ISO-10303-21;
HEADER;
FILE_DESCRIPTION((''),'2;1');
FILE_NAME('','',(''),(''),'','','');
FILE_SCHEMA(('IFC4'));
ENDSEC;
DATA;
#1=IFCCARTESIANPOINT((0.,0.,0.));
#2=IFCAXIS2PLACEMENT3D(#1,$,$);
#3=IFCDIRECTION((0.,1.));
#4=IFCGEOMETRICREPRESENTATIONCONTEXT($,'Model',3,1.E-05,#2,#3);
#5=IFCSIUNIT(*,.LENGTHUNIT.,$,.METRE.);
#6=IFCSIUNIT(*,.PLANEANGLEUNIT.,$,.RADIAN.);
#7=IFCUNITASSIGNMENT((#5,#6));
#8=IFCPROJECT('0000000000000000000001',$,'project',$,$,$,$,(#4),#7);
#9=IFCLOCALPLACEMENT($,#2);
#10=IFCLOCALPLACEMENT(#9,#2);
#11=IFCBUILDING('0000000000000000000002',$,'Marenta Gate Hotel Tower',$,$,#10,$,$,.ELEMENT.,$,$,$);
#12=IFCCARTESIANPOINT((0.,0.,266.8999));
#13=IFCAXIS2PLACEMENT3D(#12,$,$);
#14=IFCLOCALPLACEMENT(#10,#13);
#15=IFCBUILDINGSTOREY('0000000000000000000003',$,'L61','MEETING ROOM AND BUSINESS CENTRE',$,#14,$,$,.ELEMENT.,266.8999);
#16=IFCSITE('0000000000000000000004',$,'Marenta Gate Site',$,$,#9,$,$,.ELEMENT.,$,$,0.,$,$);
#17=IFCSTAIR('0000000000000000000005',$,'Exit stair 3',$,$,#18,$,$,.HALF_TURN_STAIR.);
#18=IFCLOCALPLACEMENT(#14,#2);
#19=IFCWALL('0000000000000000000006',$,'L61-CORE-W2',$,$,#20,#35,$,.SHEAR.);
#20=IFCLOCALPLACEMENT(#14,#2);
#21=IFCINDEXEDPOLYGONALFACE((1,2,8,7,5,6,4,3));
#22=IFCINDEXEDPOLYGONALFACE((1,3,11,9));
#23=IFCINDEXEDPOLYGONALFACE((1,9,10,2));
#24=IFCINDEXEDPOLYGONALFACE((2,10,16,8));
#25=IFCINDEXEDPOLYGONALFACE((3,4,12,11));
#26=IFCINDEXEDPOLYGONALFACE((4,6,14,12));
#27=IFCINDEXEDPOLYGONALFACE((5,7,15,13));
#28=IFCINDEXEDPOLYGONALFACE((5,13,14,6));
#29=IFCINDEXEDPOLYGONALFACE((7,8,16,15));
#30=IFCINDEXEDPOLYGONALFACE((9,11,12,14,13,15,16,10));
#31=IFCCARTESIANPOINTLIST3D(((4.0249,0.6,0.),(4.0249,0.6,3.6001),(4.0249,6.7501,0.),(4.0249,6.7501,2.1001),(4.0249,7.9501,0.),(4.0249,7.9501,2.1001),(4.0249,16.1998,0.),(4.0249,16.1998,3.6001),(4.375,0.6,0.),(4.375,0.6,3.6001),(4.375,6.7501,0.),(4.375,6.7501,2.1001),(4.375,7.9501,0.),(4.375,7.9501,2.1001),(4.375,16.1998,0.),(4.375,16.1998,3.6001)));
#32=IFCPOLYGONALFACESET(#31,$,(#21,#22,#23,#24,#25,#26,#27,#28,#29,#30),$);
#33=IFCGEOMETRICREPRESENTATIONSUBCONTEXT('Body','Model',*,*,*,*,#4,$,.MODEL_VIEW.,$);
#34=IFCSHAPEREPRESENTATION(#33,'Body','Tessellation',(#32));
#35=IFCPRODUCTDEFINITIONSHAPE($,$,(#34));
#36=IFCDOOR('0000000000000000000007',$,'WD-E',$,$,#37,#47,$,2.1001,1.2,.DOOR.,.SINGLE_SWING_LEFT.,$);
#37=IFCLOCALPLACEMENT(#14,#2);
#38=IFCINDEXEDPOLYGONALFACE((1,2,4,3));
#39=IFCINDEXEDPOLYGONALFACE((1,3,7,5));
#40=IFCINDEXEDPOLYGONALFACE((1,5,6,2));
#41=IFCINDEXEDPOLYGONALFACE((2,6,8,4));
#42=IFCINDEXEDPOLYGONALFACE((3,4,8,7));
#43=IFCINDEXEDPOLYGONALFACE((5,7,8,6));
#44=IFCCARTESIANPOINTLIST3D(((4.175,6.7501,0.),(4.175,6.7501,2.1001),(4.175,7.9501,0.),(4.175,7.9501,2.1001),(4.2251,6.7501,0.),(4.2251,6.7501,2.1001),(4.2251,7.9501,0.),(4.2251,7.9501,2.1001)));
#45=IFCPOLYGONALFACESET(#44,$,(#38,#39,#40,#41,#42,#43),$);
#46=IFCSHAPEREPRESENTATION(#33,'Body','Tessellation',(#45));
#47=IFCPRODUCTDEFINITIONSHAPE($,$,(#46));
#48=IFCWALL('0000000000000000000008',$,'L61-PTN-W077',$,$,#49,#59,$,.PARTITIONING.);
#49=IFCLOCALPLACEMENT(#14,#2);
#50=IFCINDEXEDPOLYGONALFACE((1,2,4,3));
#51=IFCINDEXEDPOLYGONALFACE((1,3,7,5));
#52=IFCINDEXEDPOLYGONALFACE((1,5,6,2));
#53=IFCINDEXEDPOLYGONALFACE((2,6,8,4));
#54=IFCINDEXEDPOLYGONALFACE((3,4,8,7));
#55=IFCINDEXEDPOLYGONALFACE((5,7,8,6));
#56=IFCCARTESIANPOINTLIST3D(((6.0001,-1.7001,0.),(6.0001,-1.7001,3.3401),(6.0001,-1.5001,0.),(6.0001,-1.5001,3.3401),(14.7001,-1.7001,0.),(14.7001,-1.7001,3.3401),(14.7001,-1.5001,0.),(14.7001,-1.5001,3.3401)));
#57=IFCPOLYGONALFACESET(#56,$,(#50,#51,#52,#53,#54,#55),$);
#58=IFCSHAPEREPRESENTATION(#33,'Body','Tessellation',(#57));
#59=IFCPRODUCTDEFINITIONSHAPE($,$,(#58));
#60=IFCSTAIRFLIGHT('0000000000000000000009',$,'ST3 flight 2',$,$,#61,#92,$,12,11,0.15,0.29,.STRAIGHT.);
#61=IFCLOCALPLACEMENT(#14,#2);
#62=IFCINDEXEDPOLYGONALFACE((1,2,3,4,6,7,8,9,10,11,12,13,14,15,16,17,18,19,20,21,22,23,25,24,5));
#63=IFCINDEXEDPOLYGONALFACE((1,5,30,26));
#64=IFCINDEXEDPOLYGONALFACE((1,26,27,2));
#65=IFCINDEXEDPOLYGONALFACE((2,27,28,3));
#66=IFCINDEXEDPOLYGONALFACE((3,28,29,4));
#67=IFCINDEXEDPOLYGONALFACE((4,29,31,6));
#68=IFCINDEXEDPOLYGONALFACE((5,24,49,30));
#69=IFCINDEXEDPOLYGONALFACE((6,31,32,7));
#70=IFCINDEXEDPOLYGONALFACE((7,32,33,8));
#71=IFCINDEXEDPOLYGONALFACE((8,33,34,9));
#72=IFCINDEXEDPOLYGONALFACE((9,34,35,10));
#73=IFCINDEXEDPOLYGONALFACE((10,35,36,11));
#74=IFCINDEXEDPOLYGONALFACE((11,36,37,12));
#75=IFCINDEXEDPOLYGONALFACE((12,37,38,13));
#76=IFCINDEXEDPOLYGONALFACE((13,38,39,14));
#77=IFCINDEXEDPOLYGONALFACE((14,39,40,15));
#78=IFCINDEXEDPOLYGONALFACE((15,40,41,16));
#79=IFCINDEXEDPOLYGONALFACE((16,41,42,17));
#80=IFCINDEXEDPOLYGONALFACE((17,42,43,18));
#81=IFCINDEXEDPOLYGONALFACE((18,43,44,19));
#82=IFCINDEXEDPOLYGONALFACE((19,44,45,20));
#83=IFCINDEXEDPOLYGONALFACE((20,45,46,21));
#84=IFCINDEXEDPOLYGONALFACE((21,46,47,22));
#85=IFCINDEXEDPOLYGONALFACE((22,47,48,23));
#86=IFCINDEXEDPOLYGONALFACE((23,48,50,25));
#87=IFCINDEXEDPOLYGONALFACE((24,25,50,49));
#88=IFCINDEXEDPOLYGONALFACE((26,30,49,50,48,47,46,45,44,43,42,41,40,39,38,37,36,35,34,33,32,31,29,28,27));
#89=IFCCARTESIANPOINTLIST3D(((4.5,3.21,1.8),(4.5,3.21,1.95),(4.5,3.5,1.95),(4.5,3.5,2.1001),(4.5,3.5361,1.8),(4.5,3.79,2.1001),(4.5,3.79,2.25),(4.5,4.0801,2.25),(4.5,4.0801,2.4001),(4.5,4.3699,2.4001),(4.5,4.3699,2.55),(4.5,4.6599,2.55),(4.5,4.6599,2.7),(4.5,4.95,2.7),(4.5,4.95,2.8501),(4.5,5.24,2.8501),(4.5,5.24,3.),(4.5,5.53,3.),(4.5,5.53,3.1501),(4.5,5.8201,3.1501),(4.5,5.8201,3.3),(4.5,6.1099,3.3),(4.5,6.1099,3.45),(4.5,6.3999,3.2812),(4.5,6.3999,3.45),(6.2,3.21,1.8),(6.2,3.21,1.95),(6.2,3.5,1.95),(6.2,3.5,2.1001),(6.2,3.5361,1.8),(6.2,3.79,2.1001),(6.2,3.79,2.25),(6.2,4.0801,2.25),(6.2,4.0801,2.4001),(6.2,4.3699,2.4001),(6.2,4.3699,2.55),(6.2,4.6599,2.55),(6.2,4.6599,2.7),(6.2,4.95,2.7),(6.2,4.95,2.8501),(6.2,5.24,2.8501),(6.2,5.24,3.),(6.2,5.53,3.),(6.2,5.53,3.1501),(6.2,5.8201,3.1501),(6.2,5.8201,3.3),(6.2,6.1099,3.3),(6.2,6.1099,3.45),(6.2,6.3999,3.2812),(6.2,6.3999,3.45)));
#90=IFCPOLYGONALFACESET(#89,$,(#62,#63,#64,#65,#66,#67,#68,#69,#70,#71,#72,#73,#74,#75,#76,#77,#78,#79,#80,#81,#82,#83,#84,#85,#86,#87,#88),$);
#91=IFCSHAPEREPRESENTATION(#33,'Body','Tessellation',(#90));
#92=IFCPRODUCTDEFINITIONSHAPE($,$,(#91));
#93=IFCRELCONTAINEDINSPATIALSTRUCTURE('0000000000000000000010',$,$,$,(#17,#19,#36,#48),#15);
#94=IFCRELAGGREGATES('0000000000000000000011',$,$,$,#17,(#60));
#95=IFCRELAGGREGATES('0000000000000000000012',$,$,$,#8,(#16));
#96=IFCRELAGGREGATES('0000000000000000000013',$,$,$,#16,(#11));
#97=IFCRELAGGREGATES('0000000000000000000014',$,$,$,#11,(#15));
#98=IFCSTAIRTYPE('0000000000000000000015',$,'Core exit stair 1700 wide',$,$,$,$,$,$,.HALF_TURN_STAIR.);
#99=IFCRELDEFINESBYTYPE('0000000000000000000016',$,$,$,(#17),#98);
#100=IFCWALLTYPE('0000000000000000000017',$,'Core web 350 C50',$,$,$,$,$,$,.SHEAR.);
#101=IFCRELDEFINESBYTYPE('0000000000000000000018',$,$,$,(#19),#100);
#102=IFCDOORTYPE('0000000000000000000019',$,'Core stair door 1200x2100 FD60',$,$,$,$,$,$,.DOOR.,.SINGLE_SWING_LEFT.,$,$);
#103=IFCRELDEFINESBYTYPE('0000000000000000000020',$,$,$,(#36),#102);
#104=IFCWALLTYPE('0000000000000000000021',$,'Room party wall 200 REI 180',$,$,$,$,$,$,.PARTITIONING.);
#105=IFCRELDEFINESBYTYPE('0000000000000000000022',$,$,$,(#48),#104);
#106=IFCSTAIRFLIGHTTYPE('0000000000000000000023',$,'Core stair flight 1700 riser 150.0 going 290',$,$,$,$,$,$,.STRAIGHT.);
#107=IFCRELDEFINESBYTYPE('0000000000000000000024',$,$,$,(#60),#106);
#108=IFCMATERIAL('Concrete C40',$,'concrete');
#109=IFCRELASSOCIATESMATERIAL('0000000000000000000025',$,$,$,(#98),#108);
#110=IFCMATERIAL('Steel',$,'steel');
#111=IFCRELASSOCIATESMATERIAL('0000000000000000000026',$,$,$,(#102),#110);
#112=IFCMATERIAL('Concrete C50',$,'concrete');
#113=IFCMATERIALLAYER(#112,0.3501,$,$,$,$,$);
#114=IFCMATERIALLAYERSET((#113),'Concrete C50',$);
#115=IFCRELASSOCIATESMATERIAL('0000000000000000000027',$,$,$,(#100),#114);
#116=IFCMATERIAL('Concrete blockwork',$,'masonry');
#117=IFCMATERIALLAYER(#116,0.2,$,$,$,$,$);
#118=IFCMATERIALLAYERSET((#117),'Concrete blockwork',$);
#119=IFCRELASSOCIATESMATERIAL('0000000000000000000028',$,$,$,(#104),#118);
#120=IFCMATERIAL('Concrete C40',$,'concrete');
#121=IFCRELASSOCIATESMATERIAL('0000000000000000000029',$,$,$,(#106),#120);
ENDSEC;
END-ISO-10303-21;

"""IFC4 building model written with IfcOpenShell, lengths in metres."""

from ifc_helpers import new_model, si_unit, direction, frame, frame_2d, origin, place, context, subcontext, project, spatial, polyline, rectangle, outline, extrude, material, layer, layer_set, type_object, element, fill, aggregate, save


model = new_model("IFC4")

# Units and contexts
model_context = context("Model", 3, precision=1e-05, world=origin(), true_north=direction((0.0, 1.0)))
body_context = subcontext(model_context, "Body", "Model", "MODEL_VIEW")
ifc_project = project(units=[si_unit("LENGTHUNIT", "METRE"), si_unit("PLANEANGLEUNIT", "RADIAN")], contexts=[model_context])

# Site, building, storey
site_placement = place(None, origin())
site = spatial("IfcSite", under=ifc_project, at=site_placement, Name="Marenta Gate Site", CompositionType="ELEMENT", RefElevation=0.0)
building_placement = place(site_placement, origin())
building = spatial("IfcBuilding", under=site, at=building_placement, Name="Marenta Gate Hotel Tower", CompositionType="ELEMENT")
storey_placement = place(building_placement, frame((0.0, 0.0, 266.8999)))
storey = spatial("IfcBuildingStorey", under=building, at=storey_placement, Name="L61", Description="MEETING ROOM AND BUSINESS CENTRE", CompositionType="ELEMENT", Elevation=266.8999)

# Stair
ifc_material_1 = material(Name="Concrete C40", Category="concrete")
stair_type_1 = type_object("IfcStairType", Name="Core exit stair 1700 wide", PredefinedType="HALF_TURN_STAIR", material=ifc_material_1)
stair_1_placement = place(storey_placement, origin())
stair_1 = element("IfcStair", 1, at=stair_1_placement, inside=storey, type_object=stair_type_1, Name="Exit stair 3", PredefinedType="HALF_TURN_STAIR")

# Wall, opening, door
ifc_material_2 = material(Name="Steel", Category="steel")
door_type_1 = type_object("IfcDoorType", Name="Core stair door 1200x2100 FD60", OperationType="SINGLE_SWING_LEFT", PredefinedType="DOOR", material=ifc_material_2)
ifc_material_3 = material(Name="Concrete C50", Category="concrete")
ifc_layer_1 = layer(ifc_material_3, 0.3501)
ifc_layer_set_1 = layer_set([ifc_layer_1], Name="Concrete C50")
wall_type_1 = type_object("IfcWallType", Name="Core web 350 C50", PredefinedType="SHEAR", material=ifc_layer_set_1)
wall_1_placement = place(storey_placement, frame((4.2, 0.6001, 0.0), z_axis=(0.0, 0.0, 1.0), x_axis=(0.0, 1.0, 0.0)))
wall_1 = element("IfcWall", 2, at=wall_1_placement, inside=storey, type_object=wall_type_1, Name="L61-CORE-W2", PredefinedType="SHEAR", context=body_context, shape_type="SweptSolid", body=[
    extrude(rectangle(XDim=15.5999, YDim=0.3501, at=frame_2d((7.7998, 0.0))), origin(), (0.0, 0.0, 1.0), 3.6001),
])
opening_1_placement = place(wall_1_placement, frame((6.1499, 0.0, 0.0)))
opening_1 = element("IfcOpeningElement", 3, at=opening_1_placement, cuts=wall_1, PredefinedType="OPENING", context=body_context, shape_type="SweptSolid", body=[
    extrude(rectangle(XDim=1.2, YDim=2.1001, at=frame_2d((0.6001, 1.05))), frame((0.0, 0.175, 0.0), z_axis=(0.0, -1.0, 0.0), x_axis=(1.0, 0.0, 0.0)), (0.0, 0.0, 1.0), 0.3501),
])
door_1_placement = place(opening_1_placement, origin())
door_1 = element("IfcDoor", 4, at=door_1_placement, inside=storey, type_object=door_type_1, Name="WD-E", OperationType="SINGLE_SWING_LEFT", OverallHeight=2.1001, OverallWidth=1.2, PredefinedType="DOOR", context=body_context, shape_type="SweptSolid", body=[
    extrude(rectangle(XDim=1.2, YDim=2.1001, at=frame_2d((0.6001, 1.05))), frame((0.0, 0.0249, 0.0), z_axis=(0.0, -1.0, 0.0), x_axis=(1.0, 0.0, 0.0)), (0.0, 0.0, 1.0), 0.05),
])
fill(opening_1, door_1)

# Wall
ifc_material_4 = material(Name="Concrete blockwork", Category="masonry")
ifc_layer_2 = layer(ifc_material_4, 0.2)
ifc_layer_set_2 = layer_set([ifc_layer_2], Name="Concrete blockwork")
wall_type_2 = type_object("IfcWallType", Name="Room party wall 200 REI 180", PredefinedType="PARTITIONING", material=ifc_layer_set_2)
wall_2_placement = place(storey_placement, frame((6.0, -1.6001, 0.0), z_axis=(0.0, 0.0, 1.0), x_axis=(1.0, 0.0, 0.0)))
element("IfcWall", 5, at=wall_2_placement, inside=storey, type_object=wall_type_2, Name="L61-PTN-W077", PredefinedType="PARTITIONING", context=body_context, shape_type="SweptSolid", body=[
    extrude(rectangle(XDim=8.7, YDim=0.2, at=frame_2d((4.3501, 0.0))), origin(), (0.0, 0.0, 1.0), 3.3401),
])

# Stair flight
ifc_material_5 = material(Name="Concrete C40", Category="concrete")
stair_flight_type = type_object("IfcStairFlightType", Name="Core stair flight 1700 riser 150.0 going 290", PredefinedType="STRAIGHT", material=ifc_material_5)
stair_flight_placement = place(storey_placement, frame((5.3501, 3.21, 1.8), z_axis=(0.0, 0.0, 1.0), x_axis=(0.0, 1.0, 0.0)))
stair_flight = element("IfcStairFlight", 6, at=stair_flight_placement, type_object=stair_flight_type, Name="ST3 flight 2", NumberOfRisers=12, NumberOfTreads=11, PredefinedType="STRAIGHT", RiserHeight=0.15, TreadLength=0.29, context=body_context, shape_type="SweptSolid", body=[
    extrude(outline(polyline([(0.0, 0.0), (0.0, 0.1499), (0.29, 0.1499), (0.29, 0.3), (0.5801, 0.3), (0.5801, 0.45), (0.8701, 0.45), (0.8701, 0.6001), (1.1599, 0.6001), (1.1599, 0.75), (1.45, 0.75), (1.45, 0.8999), (1.74, 0.8999), (1.74, 1.05), (2.03, 1.05), (2.03, 1.2), (2.3201, 1.2), (2.3201, 1.3501), (2.6101, 1.3501), (2.6101, 1.5), (2.8999, 1.5), (2.8999, 1.6499), (3.1899, 1.6499), (3.1899, 1.8), (3.1899, 1.4812), (0.3262, 0.0), (0.0, 0.0)])), frame((0.0, 0.8501, 0.0), z_axis=(0.0, -1.0, 0.0), x_axis=(1.0, 0.0, 0.0)), (0.0, 0.0, 1.0), 1.7),
])
aggregate(stair_1, [stair_flight])

save(model, "model.ifc")
